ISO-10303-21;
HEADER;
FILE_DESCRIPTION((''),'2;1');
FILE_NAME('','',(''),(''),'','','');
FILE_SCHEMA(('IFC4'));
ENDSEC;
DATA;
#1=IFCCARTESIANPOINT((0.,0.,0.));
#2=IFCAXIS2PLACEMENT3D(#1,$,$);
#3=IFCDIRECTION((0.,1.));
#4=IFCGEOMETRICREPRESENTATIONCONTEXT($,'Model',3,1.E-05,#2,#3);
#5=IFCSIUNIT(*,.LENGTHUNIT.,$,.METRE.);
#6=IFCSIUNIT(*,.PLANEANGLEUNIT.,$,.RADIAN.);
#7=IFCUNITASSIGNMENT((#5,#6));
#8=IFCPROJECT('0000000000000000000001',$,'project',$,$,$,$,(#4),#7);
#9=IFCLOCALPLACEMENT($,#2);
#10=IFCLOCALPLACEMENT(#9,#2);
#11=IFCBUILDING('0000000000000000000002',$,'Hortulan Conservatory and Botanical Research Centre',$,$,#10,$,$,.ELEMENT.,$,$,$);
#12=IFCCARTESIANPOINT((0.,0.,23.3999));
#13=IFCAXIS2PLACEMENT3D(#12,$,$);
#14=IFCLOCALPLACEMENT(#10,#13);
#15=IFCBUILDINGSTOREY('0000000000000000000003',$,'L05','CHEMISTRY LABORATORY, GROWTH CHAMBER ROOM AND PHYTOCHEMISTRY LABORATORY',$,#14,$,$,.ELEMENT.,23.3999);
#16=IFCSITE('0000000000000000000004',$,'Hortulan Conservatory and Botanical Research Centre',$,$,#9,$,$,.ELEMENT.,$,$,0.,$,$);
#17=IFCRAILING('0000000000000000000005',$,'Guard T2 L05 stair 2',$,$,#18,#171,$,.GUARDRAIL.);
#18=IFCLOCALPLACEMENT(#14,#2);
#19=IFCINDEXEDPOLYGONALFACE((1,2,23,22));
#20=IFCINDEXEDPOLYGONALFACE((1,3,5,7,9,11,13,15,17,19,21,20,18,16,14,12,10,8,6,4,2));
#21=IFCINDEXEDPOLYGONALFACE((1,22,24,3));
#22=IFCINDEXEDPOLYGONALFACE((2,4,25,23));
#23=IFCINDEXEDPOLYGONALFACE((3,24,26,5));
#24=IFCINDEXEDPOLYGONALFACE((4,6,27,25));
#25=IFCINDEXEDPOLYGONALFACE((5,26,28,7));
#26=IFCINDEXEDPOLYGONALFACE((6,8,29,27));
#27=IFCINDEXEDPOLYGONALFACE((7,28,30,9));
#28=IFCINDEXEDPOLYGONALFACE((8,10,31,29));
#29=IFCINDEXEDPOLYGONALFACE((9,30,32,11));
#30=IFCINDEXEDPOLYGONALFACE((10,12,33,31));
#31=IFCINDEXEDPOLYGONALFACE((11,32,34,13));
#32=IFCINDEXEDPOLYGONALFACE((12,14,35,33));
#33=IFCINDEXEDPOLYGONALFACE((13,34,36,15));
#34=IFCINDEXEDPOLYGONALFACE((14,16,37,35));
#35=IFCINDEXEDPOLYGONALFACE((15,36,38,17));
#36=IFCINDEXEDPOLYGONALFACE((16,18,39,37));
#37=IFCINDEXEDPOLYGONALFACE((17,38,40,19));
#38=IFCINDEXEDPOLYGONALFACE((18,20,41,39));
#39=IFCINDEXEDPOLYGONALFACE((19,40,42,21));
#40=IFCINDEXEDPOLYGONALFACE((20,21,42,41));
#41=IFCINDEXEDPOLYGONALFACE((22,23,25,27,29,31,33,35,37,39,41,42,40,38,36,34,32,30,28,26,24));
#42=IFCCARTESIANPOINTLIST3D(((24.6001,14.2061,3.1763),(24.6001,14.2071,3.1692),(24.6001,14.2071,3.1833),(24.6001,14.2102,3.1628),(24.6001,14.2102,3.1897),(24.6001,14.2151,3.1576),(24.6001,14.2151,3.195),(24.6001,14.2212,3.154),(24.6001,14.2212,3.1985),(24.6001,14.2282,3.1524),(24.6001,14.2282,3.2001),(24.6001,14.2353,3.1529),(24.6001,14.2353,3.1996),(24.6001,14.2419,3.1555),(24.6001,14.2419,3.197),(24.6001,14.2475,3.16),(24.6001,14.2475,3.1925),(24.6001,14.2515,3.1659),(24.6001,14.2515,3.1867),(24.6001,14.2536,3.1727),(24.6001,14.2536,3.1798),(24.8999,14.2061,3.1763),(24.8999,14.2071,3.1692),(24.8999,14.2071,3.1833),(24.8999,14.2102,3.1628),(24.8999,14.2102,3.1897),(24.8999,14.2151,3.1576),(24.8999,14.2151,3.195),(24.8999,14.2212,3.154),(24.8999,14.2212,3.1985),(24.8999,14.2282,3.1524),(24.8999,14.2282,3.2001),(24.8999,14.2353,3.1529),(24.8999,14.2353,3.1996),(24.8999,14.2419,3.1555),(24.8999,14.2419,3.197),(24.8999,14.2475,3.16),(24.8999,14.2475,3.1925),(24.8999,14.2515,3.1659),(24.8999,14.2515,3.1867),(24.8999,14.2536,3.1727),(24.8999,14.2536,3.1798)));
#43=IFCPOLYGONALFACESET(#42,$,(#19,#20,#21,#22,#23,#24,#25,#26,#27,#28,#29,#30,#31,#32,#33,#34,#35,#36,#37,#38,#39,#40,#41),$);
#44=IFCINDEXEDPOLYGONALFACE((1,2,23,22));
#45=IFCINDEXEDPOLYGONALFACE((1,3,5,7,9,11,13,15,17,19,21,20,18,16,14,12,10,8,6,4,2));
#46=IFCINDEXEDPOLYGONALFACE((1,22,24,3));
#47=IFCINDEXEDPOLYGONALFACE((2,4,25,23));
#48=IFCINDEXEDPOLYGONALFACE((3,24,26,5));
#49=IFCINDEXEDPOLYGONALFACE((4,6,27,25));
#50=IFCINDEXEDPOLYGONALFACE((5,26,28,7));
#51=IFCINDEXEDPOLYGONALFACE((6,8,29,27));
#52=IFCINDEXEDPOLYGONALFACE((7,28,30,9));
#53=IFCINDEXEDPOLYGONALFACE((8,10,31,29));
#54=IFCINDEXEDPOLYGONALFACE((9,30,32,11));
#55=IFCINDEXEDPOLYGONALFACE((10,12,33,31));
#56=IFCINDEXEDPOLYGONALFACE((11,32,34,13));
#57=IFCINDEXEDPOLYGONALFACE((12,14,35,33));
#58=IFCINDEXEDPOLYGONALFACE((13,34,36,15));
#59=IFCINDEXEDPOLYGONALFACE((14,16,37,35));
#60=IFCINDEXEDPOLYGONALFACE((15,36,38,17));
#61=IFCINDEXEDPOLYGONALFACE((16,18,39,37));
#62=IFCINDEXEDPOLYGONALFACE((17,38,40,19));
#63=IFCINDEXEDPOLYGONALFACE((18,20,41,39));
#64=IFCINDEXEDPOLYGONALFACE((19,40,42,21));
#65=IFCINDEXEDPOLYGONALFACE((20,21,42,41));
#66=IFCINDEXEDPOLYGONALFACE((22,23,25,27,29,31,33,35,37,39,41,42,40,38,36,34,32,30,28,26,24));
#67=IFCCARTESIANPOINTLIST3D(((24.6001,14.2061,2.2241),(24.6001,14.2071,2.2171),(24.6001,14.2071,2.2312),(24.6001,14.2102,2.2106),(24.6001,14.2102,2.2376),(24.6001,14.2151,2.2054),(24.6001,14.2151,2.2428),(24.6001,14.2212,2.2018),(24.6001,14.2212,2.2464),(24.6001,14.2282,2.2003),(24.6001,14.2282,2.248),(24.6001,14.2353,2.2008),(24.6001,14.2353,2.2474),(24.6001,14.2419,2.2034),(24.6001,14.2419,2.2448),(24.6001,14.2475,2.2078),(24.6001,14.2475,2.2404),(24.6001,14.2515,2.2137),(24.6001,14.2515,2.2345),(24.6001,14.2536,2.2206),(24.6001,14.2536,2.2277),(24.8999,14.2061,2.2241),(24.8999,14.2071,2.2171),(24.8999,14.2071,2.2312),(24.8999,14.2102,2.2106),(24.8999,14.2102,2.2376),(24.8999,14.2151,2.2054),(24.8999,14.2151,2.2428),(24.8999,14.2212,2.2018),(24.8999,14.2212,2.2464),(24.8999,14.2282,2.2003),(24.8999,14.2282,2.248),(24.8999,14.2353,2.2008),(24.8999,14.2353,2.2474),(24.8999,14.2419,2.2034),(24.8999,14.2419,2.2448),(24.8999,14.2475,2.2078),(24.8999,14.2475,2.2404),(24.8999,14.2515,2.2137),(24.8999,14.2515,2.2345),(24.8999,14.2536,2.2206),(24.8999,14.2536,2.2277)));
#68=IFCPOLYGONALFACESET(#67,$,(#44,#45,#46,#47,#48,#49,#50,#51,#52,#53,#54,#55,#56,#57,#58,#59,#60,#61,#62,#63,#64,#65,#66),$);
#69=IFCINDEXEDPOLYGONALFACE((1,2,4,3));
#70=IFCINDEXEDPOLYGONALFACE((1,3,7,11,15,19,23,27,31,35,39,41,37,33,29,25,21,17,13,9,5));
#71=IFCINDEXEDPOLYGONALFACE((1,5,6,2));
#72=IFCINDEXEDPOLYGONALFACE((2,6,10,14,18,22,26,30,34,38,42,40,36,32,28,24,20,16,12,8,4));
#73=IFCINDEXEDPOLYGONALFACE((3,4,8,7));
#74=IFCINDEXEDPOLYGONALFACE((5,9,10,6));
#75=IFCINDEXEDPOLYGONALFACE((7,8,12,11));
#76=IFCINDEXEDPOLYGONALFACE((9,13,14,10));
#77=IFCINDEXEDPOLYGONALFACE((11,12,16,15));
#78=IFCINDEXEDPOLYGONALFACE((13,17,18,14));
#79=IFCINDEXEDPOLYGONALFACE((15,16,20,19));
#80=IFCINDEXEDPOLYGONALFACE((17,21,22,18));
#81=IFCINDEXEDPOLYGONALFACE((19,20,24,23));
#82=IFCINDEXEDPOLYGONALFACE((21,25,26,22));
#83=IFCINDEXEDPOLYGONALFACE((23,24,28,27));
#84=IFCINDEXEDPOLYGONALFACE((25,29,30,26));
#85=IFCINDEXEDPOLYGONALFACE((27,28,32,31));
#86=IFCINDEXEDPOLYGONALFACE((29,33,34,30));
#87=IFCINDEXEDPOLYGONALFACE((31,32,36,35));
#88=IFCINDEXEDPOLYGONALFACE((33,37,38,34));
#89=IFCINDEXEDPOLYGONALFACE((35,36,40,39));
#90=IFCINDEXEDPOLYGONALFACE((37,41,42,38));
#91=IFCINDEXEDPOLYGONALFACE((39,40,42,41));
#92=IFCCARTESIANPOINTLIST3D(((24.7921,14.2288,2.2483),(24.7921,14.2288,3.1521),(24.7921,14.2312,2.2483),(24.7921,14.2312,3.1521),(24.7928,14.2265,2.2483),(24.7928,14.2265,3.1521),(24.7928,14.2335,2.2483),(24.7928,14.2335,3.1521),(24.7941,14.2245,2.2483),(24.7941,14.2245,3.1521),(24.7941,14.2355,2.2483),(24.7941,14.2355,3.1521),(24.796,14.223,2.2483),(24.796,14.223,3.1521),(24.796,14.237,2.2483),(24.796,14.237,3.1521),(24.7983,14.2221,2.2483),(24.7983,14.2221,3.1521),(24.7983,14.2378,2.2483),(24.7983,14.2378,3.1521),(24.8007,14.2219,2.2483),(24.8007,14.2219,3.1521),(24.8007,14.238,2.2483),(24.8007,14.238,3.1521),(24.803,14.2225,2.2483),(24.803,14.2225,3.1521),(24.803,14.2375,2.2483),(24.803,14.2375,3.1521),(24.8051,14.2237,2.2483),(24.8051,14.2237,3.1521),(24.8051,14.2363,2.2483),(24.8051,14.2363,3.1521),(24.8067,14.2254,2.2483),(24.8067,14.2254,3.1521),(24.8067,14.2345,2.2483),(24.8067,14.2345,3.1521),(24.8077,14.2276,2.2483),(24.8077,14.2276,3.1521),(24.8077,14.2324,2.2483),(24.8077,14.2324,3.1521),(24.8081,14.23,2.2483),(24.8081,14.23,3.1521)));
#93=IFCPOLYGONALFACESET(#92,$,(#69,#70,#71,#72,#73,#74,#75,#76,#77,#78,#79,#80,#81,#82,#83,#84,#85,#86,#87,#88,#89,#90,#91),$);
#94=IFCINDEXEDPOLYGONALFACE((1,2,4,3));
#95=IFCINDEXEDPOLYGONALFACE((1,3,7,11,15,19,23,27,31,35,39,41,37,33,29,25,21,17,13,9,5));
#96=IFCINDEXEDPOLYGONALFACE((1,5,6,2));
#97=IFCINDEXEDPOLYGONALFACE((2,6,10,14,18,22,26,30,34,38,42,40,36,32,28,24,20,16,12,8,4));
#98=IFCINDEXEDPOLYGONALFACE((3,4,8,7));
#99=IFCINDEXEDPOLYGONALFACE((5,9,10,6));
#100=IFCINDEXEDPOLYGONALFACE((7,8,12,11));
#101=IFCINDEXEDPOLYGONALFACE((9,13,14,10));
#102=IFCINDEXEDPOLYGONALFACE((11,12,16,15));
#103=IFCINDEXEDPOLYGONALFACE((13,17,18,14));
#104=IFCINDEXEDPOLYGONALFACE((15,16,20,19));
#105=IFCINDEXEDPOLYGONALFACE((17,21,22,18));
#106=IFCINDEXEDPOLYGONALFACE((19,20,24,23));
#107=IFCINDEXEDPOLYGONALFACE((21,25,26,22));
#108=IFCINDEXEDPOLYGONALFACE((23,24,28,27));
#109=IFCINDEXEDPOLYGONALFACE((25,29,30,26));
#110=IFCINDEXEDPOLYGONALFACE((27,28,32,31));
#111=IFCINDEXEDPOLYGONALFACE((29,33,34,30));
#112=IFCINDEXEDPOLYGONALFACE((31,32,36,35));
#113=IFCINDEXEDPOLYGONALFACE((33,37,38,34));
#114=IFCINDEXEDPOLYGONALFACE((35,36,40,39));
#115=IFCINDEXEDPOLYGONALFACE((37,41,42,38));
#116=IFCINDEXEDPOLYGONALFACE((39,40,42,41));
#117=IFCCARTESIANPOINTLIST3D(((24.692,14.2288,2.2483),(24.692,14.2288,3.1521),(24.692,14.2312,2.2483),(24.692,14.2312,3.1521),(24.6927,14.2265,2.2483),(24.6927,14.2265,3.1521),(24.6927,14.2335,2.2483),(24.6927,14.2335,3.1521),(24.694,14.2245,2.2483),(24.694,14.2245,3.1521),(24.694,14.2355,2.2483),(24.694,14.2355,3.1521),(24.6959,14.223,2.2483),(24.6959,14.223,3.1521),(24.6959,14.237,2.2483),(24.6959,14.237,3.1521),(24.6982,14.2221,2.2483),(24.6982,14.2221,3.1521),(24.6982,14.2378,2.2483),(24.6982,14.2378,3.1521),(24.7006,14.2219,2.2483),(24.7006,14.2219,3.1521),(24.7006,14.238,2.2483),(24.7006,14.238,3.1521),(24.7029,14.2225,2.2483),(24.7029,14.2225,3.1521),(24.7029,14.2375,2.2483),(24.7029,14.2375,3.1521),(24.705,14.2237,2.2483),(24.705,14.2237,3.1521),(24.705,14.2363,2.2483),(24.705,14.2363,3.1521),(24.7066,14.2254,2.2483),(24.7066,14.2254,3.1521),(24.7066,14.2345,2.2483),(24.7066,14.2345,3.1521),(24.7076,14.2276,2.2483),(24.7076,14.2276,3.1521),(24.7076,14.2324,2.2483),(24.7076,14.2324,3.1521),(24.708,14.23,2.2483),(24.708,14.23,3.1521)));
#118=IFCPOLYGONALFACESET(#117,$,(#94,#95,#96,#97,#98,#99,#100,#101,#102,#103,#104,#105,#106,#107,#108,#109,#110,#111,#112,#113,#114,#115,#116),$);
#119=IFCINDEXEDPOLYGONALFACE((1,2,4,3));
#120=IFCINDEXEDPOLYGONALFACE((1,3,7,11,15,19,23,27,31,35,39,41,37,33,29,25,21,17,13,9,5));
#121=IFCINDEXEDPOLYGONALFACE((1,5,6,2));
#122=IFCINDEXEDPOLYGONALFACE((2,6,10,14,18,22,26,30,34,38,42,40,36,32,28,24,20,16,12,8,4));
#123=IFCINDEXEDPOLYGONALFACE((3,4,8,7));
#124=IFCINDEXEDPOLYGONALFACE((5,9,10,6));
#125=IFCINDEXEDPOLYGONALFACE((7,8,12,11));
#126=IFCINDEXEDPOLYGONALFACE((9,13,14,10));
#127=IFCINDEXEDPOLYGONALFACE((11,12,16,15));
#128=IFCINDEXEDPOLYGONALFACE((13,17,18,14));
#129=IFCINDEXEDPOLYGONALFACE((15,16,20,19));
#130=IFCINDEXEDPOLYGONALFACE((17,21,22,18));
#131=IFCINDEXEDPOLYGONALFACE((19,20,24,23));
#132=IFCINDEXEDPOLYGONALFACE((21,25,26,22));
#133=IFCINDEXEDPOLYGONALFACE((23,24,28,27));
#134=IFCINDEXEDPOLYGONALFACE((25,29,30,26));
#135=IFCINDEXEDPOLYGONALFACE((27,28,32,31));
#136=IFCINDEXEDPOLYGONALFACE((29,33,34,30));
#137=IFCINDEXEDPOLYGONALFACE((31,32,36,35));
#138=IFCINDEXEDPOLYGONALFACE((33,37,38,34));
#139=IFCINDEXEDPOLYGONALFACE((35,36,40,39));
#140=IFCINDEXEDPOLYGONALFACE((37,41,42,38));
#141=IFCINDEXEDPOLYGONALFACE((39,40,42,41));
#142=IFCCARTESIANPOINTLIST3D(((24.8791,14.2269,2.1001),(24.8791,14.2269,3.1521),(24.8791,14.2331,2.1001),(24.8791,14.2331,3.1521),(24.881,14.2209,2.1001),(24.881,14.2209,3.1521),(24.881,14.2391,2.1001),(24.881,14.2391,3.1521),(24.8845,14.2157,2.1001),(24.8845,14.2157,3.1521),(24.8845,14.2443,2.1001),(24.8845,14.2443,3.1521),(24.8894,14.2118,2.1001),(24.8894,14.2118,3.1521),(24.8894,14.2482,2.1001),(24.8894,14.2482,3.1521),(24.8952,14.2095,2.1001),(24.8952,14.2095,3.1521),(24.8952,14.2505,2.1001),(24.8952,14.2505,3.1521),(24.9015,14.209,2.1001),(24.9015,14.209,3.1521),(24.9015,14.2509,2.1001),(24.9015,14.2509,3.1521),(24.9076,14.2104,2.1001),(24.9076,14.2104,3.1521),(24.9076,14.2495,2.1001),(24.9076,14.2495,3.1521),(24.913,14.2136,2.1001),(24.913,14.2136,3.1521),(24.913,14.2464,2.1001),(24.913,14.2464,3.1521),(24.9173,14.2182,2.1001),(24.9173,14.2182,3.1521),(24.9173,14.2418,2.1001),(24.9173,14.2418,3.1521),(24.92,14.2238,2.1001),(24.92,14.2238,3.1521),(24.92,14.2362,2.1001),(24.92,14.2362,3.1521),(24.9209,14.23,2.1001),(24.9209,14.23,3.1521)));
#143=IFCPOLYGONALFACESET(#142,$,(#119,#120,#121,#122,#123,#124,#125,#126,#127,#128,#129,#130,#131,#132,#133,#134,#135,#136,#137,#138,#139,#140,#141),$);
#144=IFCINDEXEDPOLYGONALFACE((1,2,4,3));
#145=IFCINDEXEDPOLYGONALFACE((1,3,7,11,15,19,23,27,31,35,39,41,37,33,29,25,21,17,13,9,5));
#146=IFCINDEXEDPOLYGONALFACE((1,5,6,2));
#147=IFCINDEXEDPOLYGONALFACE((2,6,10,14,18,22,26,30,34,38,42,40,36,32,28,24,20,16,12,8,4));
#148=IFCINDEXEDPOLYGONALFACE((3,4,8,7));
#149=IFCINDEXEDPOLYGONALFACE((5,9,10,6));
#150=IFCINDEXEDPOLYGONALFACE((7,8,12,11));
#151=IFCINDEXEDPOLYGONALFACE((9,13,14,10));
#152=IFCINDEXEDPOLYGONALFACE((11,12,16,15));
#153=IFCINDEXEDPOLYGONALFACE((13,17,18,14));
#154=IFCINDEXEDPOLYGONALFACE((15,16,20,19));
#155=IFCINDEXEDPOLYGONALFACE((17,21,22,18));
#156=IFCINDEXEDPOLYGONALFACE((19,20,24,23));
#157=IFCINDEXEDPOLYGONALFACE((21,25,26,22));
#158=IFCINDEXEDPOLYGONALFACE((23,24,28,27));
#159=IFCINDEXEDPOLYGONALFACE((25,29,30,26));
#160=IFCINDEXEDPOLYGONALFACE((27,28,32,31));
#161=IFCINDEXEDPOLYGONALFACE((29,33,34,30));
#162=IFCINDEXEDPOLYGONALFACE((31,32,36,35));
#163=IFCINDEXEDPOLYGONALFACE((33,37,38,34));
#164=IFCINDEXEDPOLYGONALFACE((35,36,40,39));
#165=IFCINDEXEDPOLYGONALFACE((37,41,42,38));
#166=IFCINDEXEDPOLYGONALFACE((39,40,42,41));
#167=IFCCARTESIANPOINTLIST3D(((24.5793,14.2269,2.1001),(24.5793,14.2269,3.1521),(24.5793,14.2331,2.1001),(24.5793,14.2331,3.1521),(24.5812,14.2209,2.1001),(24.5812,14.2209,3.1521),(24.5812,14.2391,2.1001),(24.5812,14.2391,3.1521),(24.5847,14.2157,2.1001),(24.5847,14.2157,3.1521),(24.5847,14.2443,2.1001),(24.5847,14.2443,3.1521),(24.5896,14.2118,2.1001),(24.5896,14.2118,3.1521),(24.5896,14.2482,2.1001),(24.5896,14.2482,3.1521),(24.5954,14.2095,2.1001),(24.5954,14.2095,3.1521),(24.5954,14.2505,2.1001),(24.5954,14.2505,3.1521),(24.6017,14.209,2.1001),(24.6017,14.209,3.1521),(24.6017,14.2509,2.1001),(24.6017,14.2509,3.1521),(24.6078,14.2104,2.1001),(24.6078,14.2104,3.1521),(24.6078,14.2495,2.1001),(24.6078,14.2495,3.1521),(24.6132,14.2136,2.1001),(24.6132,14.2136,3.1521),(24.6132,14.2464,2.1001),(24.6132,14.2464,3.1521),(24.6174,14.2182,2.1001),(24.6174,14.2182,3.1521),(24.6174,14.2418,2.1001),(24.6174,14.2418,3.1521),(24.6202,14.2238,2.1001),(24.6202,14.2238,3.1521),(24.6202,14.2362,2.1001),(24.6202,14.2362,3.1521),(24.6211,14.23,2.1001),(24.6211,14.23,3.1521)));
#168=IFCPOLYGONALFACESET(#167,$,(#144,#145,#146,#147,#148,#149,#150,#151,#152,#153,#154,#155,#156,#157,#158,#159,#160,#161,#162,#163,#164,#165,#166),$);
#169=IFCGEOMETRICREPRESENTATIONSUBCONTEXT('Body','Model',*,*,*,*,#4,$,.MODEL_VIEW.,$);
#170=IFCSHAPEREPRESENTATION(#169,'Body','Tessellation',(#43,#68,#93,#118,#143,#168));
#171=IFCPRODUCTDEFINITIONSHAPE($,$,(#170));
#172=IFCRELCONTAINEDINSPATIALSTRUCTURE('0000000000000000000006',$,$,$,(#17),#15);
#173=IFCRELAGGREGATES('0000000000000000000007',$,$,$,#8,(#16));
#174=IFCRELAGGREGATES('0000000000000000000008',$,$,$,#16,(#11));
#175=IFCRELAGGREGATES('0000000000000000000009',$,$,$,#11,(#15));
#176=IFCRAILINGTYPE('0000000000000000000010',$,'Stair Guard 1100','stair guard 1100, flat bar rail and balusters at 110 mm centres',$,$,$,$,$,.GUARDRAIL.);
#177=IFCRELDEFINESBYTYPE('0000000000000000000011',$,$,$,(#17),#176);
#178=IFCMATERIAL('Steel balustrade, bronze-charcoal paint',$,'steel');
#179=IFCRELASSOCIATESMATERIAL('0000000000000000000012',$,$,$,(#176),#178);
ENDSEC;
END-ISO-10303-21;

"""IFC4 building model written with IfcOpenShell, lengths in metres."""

from ifc_helpers import new_model, si_unit, direction, frame, origin, origin_2d, place, context, subcontext, project, spatial, circle, extrude, material, type_object, element, save


model = new_model("IFC4")

# Units and contexts
model_context = context("Model", 3, precision=1e-05, world=origin(), true_north=direction((0.0, 1.0)))
body_context = subcontext(model_context, "Body", "Model", "MODEL_VIEW")
ifc_project = project(units=[si_unit("LENGTHUNIT", "METRE"), si_unit("PLANEANGLEUNIT", "RADIAN")], contexts=[model_context])

# Site, building, storey
site_placement = place(None, origin())
site = spatial("IfcSite", under=ifc_project, at=site_placement, Name="Hortulan Conservatory and Botanical Research Centre", CompositionType="ELEMENT", RefElevation=0.0)
building_placement = place(site_placement, origin())
building = spatial("IfcBuilding", under=site, at=building_placement, Name="Hortulan Conservatory and Botanical Research Centre", CompositionType="ELEMENT")
storey_placement = place(building_placement, frame((0.0, 0.0, 23.3999)))
storey = spatial("IfcBuildingStorey", under=building, at=storey_placement, Name="L05", Description="CHEMISTRY LABORATORY, GROWTH CHAMBER ROOM AND PHYTOCHEMISTRY LABORATORY", CompositionType="ELEMENT", Elevation=23.3999)

# Railing
ifc_material_1 = material(Name="Steel balustrade, bronze-charcoal paint", Category="steel")
railing_type_1 = type_object("IfcRailingType", Name="Stair Guard 1100", Description="stair guard 1100, flat bar rail and balusters at 110 mm centres", PredefinedType="GUARDRAIL", material=ifc_material_1)
railing_1_placement = place(storey_placement, frame((24.8999, 14.23, 2.1001)))
element("IfcRailing", 1, at=railing_1_placement, inside=storey, type_object=railing_type_1, Name="Guard T2 L05 stair 2", PredefinedType="GUARDRAIL", context=body_context, shape_type="SweptSolid", body=[
    extrude(circle(Radius=0.0239, at=origin_2d()), frame((0.0, 0.0, 1.0762), z_axis=(-1.0, 0.0, 0.0), x_axis=(0.0, -1.0, 0.0)), (0.0, 0.0, 1.0), 0.2998),
    extrude(circle(Radius=0.0239, at=origin_2d()), frame((0.0, 0.0, 0.124), z_axis=(-1.0, 0.0, 0.0), x_axis=(0.0, -1.0, 0.0)), (0.0, 0.0, 1.0), 0.2998),
    extrude(circle(Radius=0.0081, at=origin_2d()), frame((-0.0999, 0.0, 0.1482)), (0.0, 0.0, 1.0), 0.9038),
    extrude(circle(Radius=0.0081, at=origin_2d()), frame((-0.2, 0.0, 0.1482)), (0.0, 0.0, 1.0), 0.9038),
    extrude(circle(Radius=0.021, at=origin_2d()), origin(), (0.0, 0.0, 1.0), 1.052),
    extrude(circle(Radius=0.021, at=origin_2d()), frame((-0.2998, 0.0, 0.0)), (0.0, 0.0, 1.0), 1.052),
])

save(model, "model.ifc")
